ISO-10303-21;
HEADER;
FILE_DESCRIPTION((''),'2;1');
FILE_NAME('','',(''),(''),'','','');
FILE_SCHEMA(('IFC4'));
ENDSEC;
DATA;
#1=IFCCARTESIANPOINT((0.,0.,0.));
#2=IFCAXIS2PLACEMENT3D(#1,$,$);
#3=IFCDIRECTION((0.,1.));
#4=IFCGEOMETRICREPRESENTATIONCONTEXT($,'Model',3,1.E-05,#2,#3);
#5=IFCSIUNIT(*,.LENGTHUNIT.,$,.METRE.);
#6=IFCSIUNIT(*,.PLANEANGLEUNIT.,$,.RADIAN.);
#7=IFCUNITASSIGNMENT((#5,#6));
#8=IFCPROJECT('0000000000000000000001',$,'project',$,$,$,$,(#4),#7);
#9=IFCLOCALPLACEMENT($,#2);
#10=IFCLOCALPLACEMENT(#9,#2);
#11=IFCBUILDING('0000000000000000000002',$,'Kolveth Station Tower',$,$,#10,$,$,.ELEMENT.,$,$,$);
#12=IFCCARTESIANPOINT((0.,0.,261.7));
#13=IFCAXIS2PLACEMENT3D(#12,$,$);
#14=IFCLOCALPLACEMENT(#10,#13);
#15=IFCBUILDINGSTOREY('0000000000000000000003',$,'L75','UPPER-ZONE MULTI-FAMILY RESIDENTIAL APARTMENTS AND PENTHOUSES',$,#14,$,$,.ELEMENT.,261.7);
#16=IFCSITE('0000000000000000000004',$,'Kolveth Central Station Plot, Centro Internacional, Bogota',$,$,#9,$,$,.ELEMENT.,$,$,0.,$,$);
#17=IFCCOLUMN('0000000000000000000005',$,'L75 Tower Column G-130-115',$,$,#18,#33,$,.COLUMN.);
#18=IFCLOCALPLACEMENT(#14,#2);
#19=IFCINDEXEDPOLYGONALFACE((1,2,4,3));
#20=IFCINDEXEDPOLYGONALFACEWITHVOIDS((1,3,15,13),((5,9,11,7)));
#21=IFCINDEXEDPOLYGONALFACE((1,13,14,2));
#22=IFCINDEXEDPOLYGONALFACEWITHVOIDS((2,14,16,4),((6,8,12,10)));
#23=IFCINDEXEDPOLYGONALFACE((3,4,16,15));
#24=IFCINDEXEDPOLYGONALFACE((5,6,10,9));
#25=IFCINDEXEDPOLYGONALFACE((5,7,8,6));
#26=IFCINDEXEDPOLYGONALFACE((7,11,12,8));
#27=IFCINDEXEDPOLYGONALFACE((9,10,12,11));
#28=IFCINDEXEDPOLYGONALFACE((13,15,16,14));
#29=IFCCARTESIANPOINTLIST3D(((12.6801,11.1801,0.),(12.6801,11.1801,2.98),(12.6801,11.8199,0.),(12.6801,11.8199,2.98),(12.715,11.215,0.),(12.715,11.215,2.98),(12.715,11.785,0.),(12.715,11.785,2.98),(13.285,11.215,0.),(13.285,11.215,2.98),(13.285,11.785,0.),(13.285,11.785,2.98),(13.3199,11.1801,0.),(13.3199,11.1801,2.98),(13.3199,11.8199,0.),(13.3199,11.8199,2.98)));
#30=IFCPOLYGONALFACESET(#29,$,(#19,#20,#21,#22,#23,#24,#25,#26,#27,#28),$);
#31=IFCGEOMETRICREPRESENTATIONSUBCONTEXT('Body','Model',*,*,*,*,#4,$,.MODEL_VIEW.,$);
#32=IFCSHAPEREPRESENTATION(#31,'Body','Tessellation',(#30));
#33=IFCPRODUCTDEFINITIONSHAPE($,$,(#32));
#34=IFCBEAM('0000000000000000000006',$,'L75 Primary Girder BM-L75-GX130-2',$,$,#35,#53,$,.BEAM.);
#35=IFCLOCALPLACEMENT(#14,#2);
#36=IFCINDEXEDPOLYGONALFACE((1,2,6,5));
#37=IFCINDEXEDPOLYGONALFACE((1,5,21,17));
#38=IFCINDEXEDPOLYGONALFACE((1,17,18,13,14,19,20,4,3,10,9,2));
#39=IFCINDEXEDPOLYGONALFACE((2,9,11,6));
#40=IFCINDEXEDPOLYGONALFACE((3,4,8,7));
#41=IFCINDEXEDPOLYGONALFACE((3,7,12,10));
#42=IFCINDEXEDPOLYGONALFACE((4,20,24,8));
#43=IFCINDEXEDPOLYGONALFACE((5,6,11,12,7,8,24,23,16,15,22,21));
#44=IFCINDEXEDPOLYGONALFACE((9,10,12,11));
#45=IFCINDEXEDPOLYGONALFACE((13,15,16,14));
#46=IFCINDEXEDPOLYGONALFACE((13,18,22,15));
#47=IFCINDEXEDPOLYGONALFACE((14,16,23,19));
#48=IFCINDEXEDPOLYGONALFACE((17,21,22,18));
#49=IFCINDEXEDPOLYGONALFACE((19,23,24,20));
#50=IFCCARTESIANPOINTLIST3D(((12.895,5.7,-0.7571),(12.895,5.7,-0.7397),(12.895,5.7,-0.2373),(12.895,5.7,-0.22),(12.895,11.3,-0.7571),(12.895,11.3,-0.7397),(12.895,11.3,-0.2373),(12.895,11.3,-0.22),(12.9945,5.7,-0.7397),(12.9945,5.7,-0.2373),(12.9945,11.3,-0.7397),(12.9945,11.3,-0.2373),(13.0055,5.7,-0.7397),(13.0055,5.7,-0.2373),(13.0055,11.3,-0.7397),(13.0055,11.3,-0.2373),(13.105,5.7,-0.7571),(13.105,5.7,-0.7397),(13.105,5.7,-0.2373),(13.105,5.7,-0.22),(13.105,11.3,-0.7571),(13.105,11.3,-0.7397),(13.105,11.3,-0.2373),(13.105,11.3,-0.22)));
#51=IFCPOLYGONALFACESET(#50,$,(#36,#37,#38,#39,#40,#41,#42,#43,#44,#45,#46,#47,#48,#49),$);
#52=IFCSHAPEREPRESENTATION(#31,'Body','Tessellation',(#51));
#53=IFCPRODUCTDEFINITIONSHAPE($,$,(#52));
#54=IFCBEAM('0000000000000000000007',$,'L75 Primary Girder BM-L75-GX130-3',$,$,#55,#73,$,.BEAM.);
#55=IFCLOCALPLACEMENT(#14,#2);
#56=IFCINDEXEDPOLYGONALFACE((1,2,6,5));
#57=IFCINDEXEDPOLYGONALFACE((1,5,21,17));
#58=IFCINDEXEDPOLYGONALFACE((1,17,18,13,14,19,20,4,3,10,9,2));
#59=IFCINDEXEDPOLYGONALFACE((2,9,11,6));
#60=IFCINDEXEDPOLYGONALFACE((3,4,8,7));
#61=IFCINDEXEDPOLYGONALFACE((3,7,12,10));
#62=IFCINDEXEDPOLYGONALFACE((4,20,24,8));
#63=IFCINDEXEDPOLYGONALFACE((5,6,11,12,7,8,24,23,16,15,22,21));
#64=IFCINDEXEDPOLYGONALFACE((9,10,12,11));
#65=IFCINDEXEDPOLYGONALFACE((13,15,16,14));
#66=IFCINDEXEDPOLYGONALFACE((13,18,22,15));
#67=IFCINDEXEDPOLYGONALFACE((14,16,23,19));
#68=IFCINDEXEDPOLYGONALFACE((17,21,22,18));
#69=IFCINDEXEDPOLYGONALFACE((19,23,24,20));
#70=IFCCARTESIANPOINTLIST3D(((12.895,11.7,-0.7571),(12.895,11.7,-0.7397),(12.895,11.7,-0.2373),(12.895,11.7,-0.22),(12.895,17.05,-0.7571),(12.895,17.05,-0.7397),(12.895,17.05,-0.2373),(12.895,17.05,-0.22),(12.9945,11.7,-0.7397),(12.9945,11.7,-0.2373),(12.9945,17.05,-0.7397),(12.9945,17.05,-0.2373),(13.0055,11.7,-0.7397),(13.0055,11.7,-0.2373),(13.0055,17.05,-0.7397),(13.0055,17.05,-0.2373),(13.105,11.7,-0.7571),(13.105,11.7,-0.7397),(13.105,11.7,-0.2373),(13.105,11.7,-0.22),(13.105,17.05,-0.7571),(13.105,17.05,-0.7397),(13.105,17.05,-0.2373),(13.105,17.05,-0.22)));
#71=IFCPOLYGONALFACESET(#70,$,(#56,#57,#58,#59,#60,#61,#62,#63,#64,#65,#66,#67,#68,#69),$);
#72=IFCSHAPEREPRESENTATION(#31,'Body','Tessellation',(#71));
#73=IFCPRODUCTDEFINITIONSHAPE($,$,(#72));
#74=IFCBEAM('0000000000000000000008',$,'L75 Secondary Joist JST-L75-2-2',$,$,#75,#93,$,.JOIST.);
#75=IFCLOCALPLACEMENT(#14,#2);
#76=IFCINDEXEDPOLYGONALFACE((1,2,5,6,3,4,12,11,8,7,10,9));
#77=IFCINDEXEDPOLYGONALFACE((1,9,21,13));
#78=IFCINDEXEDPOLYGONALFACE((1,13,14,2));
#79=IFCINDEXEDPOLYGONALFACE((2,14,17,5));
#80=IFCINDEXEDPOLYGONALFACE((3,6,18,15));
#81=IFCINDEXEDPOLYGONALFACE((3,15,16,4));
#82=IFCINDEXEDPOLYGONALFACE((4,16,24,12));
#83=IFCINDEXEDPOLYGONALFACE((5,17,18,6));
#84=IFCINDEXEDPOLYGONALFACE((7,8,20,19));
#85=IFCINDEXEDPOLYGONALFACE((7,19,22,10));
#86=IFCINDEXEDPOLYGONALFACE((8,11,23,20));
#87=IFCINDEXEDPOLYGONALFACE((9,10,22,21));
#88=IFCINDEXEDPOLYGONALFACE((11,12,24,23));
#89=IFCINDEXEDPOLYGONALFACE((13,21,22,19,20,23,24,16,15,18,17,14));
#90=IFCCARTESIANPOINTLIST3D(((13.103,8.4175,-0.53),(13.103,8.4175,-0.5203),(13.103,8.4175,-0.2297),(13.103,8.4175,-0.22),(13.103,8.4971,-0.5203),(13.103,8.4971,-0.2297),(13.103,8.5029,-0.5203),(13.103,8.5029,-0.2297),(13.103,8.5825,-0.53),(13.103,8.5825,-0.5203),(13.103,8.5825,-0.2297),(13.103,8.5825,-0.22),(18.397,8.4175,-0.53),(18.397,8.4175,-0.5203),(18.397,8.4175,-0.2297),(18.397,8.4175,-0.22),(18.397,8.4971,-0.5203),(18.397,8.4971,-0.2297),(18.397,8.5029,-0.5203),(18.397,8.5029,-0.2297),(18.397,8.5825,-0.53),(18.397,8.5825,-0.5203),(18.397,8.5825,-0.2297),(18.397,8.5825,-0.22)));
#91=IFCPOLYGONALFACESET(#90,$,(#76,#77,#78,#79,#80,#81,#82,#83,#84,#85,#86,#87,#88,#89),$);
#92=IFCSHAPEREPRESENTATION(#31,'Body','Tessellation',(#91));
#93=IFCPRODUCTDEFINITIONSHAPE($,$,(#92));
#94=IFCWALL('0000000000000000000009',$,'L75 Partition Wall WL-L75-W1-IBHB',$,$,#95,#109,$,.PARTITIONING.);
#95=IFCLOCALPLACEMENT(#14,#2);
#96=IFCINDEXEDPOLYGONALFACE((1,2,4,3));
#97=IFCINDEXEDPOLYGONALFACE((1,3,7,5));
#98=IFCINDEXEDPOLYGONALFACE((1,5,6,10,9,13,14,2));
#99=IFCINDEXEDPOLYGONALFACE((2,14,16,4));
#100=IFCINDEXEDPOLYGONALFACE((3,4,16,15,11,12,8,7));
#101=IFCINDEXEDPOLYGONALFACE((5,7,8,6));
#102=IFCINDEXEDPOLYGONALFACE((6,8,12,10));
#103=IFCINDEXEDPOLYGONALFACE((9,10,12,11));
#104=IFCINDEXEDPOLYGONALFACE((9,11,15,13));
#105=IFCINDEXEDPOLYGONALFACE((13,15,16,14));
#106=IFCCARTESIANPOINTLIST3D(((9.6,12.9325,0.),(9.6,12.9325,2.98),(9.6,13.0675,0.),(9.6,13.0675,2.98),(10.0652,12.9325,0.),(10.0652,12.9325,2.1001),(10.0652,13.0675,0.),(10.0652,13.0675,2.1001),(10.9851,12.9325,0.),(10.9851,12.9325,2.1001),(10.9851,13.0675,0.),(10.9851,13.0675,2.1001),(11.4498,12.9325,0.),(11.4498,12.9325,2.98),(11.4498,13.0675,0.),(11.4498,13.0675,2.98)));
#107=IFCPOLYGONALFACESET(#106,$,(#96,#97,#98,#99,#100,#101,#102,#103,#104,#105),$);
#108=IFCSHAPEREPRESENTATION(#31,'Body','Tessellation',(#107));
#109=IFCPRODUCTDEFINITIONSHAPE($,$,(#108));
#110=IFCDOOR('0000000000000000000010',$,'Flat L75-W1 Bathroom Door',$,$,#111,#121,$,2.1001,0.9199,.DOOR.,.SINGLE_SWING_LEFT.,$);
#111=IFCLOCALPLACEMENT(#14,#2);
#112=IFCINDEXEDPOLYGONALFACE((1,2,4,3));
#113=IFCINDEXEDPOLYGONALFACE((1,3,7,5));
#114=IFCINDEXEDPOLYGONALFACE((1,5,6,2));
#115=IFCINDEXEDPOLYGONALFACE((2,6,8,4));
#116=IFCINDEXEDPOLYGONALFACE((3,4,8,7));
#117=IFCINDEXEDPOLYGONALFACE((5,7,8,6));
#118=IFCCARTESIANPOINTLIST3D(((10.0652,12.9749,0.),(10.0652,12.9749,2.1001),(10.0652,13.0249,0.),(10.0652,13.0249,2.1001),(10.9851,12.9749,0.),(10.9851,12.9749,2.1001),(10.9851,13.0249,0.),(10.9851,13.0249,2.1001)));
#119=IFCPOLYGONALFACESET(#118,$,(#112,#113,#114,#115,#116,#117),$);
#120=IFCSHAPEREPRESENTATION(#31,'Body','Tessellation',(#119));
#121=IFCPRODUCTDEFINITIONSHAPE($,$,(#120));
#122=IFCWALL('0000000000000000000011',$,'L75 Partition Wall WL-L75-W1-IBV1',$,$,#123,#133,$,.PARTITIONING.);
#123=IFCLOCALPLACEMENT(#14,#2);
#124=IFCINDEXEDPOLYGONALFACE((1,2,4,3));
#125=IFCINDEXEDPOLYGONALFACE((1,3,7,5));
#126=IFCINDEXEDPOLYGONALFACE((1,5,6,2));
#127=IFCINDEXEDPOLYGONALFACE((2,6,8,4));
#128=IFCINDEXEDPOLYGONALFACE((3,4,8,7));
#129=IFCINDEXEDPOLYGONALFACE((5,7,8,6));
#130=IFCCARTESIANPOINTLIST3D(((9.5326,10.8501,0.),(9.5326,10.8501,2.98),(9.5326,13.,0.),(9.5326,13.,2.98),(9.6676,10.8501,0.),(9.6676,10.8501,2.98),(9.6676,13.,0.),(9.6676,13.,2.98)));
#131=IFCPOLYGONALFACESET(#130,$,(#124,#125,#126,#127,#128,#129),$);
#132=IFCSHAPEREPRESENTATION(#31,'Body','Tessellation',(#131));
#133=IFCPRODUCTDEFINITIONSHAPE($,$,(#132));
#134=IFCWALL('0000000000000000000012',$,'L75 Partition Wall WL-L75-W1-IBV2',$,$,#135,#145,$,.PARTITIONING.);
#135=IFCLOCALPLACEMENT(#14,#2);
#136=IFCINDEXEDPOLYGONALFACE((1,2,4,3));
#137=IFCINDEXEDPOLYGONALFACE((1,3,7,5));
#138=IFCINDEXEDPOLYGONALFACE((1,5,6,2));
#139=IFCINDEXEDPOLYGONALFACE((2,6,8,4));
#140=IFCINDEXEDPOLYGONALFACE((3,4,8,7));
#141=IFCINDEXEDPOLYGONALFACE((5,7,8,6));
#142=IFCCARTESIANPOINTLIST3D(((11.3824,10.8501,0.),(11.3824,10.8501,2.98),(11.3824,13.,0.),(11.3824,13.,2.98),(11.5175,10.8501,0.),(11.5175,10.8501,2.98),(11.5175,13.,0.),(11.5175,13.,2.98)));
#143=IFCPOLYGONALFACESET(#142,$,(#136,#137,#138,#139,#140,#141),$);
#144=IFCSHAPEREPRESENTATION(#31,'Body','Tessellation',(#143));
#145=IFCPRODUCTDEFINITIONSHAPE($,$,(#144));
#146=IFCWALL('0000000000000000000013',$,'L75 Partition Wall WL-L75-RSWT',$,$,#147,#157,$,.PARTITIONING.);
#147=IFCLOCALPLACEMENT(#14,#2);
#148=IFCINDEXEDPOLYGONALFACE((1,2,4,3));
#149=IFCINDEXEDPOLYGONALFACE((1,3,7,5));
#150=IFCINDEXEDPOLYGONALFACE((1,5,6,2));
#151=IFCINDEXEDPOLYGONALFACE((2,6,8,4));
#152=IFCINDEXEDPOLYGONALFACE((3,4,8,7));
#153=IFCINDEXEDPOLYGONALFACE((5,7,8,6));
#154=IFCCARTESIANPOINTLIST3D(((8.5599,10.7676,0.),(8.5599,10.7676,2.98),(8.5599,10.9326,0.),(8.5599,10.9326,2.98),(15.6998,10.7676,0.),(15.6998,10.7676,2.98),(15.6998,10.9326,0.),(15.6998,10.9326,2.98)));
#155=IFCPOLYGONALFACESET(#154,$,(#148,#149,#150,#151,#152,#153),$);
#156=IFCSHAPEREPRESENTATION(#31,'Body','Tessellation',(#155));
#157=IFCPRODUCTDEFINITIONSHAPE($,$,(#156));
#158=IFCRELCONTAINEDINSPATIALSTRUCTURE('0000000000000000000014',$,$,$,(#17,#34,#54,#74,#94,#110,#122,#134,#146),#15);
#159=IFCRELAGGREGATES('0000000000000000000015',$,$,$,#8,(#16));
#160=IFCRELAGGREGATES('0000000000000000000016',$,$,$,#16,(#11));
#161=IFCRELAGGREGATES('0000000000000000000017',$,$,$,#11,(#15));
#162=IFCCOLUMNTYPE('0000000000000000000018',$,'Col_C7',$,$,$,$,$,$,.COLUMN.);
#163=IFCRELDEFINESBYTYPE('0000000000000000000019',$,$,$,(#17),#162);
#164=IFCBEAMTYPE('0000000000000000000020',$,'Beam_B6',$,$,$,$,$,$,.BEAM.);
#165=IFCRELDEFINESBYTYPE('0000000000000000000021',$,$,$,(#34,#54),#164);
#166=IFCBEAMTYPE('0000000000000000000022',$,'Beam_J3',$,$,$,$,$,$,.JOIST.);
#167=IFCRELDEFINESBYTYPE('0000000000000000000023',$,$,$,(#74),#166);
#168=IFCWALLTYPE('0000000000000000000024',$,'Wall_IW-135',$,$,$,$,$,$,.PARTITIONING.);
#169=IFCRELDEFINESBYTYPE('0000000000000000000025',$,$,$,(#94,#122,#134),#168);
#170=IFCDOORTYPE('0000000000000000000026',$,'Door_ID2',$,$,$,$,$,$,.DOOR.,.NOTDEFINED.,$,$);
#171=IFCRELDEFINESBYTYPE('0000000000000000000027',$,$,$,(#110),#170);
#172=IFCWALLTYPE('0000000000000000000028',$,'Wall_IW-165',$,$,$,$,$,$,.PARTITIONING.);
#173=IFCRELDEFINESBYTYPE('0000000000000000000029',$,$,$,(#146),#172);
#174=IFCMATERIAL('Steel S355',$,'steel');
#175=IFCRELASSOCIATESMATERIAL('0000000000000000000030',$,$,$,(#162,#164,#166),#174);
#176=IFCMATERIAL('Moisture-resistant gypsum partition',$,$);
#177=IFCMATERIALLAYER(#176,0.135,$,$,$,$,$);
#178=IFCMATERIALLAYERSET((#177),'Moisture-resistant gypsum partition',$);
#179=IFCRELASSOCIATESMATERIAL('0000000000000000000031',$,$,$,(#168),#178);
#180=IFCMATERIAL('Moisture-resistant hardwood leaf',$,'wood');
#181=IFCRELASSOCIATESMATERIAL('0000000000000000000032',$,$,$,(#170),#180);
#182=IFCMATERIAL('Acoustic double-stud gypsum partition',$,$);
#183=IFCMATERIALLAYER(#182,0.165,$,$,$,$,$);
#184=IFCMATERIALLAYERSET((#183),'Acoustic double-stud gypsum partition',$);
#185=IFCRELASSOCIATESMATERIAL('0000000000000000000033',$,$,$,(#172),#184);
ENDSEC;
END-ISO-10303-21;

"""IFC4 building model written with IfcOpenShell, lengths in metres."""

from ifc_helpers import new_model, si_unit, direction, frame, frame_2d, origin, origin_2d, place, context, subcontext, project, spatial, rectangle, hollow_rectangle, i_section, extrude, source, transform, mapped, material, layer, layer_set, material_profile, profile_set, type_object, element, fill, save


model = new_model("IFC4")

# Units and contexts
model_context = context("Model", 3, precision=1e-05, world=origin(), true_north=direction((0.0, 1.0)))
body_context = subcontext(model_context, "Body", "Model", "MODEL_VIEW")
ifc_project = project(units=[si_unit("LENGTHUNIT", "METRE"), si_unit("PLANEANGLEUNIT", "RADIAN")], contexts=[model_context])

# Site, building, storey
site_placement = place(None, origin())
site = spatial("IfcSite", under=ifc_project, at=site_placement, Name="Kolveth Central Station Plot, Centro Internacional, Bogota", CompositionType="ELEMENT", RefElevation=0.0)
building_placement = place(site_placement, origin())
building = spatial("IfcBuilding", under=site, at=building_placement, Name="Kolveth Station Tower", CompositionType="ELEMENT")
storey_placement = place(building_placement, frame((0.0, 0.0, 261.7)))
storey = spatial("IfcBuildingStorey", under=building, at=storey_placement, Name="L75", Description="UPPER-ZONE MULTI-FAMILY RESIDENTIAL APARTMENTS AND PENTHOUSES", CompositionType="ELEMENT", Elevation=261.7)

# Column
ifc_material_1 = material(Name="Steel S355", Category="steel")
ifc_material_profile_1 = material_profile(ifc_material_1, hollow_rectangle(XDim=0.6399, YDim=0.6399, WallThickness=0.0349, at=origin_2d()), Name="BOX640x640x35")
ifc_profile_set_1 = profile_set([ifc_material_profile_1], Name="Steel S355")
column_type = type_object("IfcColumnType", Name="Col_C7", PredefinedType="COLUMN", material=ifc_profile_set_1)
shared_shape_1 = source(origin(), body_context, "Body", "SweptSolid", [
    extrude(hollow_rectangle(XDim=0.6399, YDim=0.6399, WallThickness=0.0349, at=origin_2d()), origin(), (0.0, 0.0, 1.0), 2.98),
])
column_placement = place(storey_placement, frame((13.0, 11.5, 0.0), z_axis=(0.0, 0.0, 1.0), x_axis=(1.0, 0.0, 0.0)))
element("IfcColumn", 1, at=column_placement, inside=storey, type_object=column_type, Name="L75 Tower Column G-130-115", PredefinedType="COLUMN", context=body_context, shape_type="MappedRepresentation", body=[
    mapped(shared_shape_1, transform((0.0, 0.0, 0.0), x_axis=(1.0, 0.0, 0.0), y_axis=(0.0, 1.0, 0.0), z_axis=(0.0, 0.0, 1.0), scale=1.0)),
])

# Beams
ifc_material_profile_2 = material_profile(ifc_material_1, i_section(OverallWidth=0.21, OverallDepth=0.5371, WebThickness=0.011, FlangeThickness=0.0173, at=origin_2d()), Name="W530x101")
ifc_profile_set_2 = profile_set([ifc_material_profile_2], Name="Steel S355")
beam_type_1 = type_object("IfcBeamType", Name="Beam_B6", PredefinedType="BEAM", material=ifc_profile_set_2)
shared_shape_2 = source(origin(), body_context, "Body", "SweptSolid", [
    extrude(i_section(OverallWidth=0.21, OverallDepth=0.5371, WebThickness=0.011, FlangeThickness=0.0173, at=origin_2d()), origin(), (0.0, 0.0, 1.0), 5.6001),
])
beam_1_placement = place(storey_placement, frame((13.0, 5.7, -0.4885), z_axis=(0.0, 1.0, 0.0), x_axis=(-1.0, 0.0, 0.0)))
element("IfcBeam", 2, at=beam_1_placement, inside=storey, type_object=beam_type_1, Name="L75 Primary Girder BM-L75-GX130-2", PredefinedType="BEAM", context=body_context, shape_type="MappedRepresentation", body=[
    mapped(shared_shape_2, transform((0.0, 0.0, 0.0), x_axis=(1.0, 0.0, 0.0), y_axis=(0.0, 1.0, 0.0), z_axis=(0.0, 0.0, 1.0), scale=1.0)),
])
shared_shape_3 = source(origin(), body_context, "Body", "SweptSolid", [
    extrude(i_section(OverallWidth=0.21, OverallDepth=0.5371, WebThickness=0.011, FlangeThickness=0.0173, at=origin_2d()), origin(), (0.0, 0.0, 1.0), 5.3501),
])
beam_2_placement = place(storey_placement, frame((13.0, 11.7, -0.4885), z_axis=(0.0, 1.0, 0.0), x_axis=(-1.0, 0.0, 0.0)))
element("IfcBeam", 3, at=beam_2_placement, inside=storey, type_object=beam_type_1, Name="L75 Primary Girder BM-L75-GX130-3", PredefinedType="BEAM", context=body_context, shape_type="MappedRepresentation", body=[
    mapped(shared_shape_3, transform((0.0, 0.0, 0.0), x_axis=(1.0, 0.0, 0.0), y_axis=(0.0, 1.0, 0.0), z_axis=(0.0, 0.0, 1.0), scale=1.0)),
])
ifc_material_profile_3 = material_profile(ifc_material_1, i_section(OverallWidth=0.165, OverallDepth=0.3101, WebThickness=0.0059, FlangeThickness=0.0098, at=origin_2d()), Name="W310x39")
ifc_profile_set_3 = profile_set([ifc_material_profile_3], Name="Steel S355")
beam_type_2 = type_object("IfcBeamType", Name="Beam_J3", PredefinedType="JOIST", material=ifc_profile_set_3)
shared_shape_4 = source(origin(), body_context, "Body", "SweptSolid", [
    extrude(i_section(OverallWidth=0.165, OverallDepth=0.3101, WebThickness=0.0059, FlangeThickness=0.0098, at=origin_2d()), origin(), (0.0, 0.0, 1.0), 5.2939),
])
beam_3_placement = place(storey_placement, frame((13.103, 8.5, -0.375), z_axis=(1.0, 0.0, 0.0), x_axis=(0.0, 1.0, 0.0)))
element("IfcBeam", 4, at=beam_3_placement, inside=storey, type_object=beam_type_2, Name="L75 Secondary Joist JST-L75-2-2", PredefinedType="JOIST", context=body_context, shape_type="MappedRepresentation", body=[
    mapped(shared_shape_4, transform((0.0, 0.0, 0.0), x_axis=(1.0, 0.0, 0.0), y_axis=(0.0, 1.0, 0.0), z_axis=(0.0, 0.0, 1.0), scale=1.0)),
])

# Wall, opening, door
ifc_material_2 = material(Name="Moisture-resistant gypsum partition")
ifc_layer_1 = layer(ifc_material_2, 0.135)
ifc_layer_set_1 = layer_set([ifc_layer_1], Name="Moisture-resistant gypsum partition")
wall_type_1 = type_object("IfcWallType", Name="Wall_IW-135", PredefinedType="PARTITIONING", material=ifc_layer_set_1)
wall_1_placement = place(storey_placement, frame((9.6001, 13.0, 0.0), z_axis=(0.0, 0.0, 1.0), x_axis=(1.0, 0.0, 0.0)))
wall_1 = element("IfcWall", 5, at=wall_1_placement, inside=storey, type_object=wall_type_1, Name="L75 Partition Wall WL-L75-W1-IBHB", PredefinedType="PARTITIONING", context=body_context, shape_type="SweptSolid", body=[
    extrude(rectangle(XDim=1.8499, YDim=0.135, at=frame_2d((0.9248, 0.0))), origin(), (0.0, 0.0, 1.0), 2.98),
])
opening_1_placement = place(wall_1_placement, frame((0.4651, 0.0, 0.0)))
opening_1 = element("IfcOpeningElement", 6, at=opening_1_placement, cuts=wall_1, PredefinedType="OPENING", context=body_context, shape_type="SweptSolid", body=[
    extrude(rectangle(XDim=0.9199, YDim=2.1001, at=frame_2d((0.46, 1.05))), frame((0.0, 0.0774, 0.0), z_axis=(0.0, -1.0, 0.0), x_axis=(1.0, 0.0, 0.0)), (0.0, 0.0, 1.0), 0.155),
])
ifc_material_3 = material(Name="Moisture-resistant hardwood leaf", Category="wood")
door_type_1 = type_object("IfcDoorType", Name="Door_ID2", OperationType="NOTDEFINED", PredefinedType="DOOR", material=ifc_material_3)
door_1_placement = place(opening_1_placement, origin())
door_1 = element("IfcDoor", 7, at=door_1_placement, inside=storey, type_object=door_type_1, Name="Flat L75-W1 Bathroom Door", OperationType="SINGLE_SWING_LEFT", OverallHeight=2.1001, OverallWidth=0.9199, PredefinedType="DOOR", context=body_context, shape_type="SweptSolid", body=[
    extrude(rectangle(XDim=0.9199, YDim=2.1001, at=frame_2d((0.46, 1.05))), frame((0.0, 0.0249, 0.0), z_axis=(0.0, -1.0, 0.0), x_axis=(1.0, 0.0, 0.0)), (0.0, 0.0, 1.0), 0.05),
])
fill(opening_1, door_1)

# Walls
for number, where, z_axis, x_axis, name in (
    (8, (9.6001, 10.8501, 0.0), (0.0, 0.0, 1.0), (0.0, 1.0, 0.0), "L75 Partition Wall WL-L75-W1-IBV1"),
    (9, (11.45, 10.8501, 0.0), (0.0, 0.0, 1.0), (0.0, 1.0, 0.0), "L75 Partition Wall WL-L75-W1-IBV2"),
):
    element("IfcWall", number, at=place(storey_placement, frame(where, z_axis=z_axis, x_axis=x_axis)), inside=storey, type_object=wall_type_1, Name=name, PredefinedType="PARTITIONING", context=body_context, shape_type="SweptSolid", body=[
        extrude(rectangle(XDim=2.1499, YDim=0.135, at=frame_2d((1.075, 0.0))), origin(), (0.0, 0.0, 1.0), 2.98),
    ])
ifc_material_4 = material(Name="Acoustic double-stud gypsum partition")
ifc_layer_2 = layer(ifc_material_4, 0.165)
ifc_layer_set_2 = layer_set([ifc_layer_2], Name="Acoustic double-stud gypsum partition")
wall_type_2 = type_object("IfcWallType", Name="Wall_IW-165", PredefinedType="PARTITIONING", material=ifc_layer_set_2)
wall_2_placement = place(storey_placement, frame((8.5601, 10.8501, 0.0), z_axis=(0.0, 0.0, 1.0), x_axis=(1.0, 0.0, 0.0)))
element("IfcWall", 10, at=wall_2_placement, inside=storey, type_object=wall_type_2, Name="L75 Partition Wall WL-L75-RSWT", PredefinedType="PARTITIONING", context=body_context, shape_type="SweptSolid", body=[
    extrude(rectangle(XDim=7.1399, YDim=0.165, at=frame_2d((3.5698, 0.0))), origin(), (0.0, 0.0, 1.0), 2.98),
])

save(model, "model.ifc")
